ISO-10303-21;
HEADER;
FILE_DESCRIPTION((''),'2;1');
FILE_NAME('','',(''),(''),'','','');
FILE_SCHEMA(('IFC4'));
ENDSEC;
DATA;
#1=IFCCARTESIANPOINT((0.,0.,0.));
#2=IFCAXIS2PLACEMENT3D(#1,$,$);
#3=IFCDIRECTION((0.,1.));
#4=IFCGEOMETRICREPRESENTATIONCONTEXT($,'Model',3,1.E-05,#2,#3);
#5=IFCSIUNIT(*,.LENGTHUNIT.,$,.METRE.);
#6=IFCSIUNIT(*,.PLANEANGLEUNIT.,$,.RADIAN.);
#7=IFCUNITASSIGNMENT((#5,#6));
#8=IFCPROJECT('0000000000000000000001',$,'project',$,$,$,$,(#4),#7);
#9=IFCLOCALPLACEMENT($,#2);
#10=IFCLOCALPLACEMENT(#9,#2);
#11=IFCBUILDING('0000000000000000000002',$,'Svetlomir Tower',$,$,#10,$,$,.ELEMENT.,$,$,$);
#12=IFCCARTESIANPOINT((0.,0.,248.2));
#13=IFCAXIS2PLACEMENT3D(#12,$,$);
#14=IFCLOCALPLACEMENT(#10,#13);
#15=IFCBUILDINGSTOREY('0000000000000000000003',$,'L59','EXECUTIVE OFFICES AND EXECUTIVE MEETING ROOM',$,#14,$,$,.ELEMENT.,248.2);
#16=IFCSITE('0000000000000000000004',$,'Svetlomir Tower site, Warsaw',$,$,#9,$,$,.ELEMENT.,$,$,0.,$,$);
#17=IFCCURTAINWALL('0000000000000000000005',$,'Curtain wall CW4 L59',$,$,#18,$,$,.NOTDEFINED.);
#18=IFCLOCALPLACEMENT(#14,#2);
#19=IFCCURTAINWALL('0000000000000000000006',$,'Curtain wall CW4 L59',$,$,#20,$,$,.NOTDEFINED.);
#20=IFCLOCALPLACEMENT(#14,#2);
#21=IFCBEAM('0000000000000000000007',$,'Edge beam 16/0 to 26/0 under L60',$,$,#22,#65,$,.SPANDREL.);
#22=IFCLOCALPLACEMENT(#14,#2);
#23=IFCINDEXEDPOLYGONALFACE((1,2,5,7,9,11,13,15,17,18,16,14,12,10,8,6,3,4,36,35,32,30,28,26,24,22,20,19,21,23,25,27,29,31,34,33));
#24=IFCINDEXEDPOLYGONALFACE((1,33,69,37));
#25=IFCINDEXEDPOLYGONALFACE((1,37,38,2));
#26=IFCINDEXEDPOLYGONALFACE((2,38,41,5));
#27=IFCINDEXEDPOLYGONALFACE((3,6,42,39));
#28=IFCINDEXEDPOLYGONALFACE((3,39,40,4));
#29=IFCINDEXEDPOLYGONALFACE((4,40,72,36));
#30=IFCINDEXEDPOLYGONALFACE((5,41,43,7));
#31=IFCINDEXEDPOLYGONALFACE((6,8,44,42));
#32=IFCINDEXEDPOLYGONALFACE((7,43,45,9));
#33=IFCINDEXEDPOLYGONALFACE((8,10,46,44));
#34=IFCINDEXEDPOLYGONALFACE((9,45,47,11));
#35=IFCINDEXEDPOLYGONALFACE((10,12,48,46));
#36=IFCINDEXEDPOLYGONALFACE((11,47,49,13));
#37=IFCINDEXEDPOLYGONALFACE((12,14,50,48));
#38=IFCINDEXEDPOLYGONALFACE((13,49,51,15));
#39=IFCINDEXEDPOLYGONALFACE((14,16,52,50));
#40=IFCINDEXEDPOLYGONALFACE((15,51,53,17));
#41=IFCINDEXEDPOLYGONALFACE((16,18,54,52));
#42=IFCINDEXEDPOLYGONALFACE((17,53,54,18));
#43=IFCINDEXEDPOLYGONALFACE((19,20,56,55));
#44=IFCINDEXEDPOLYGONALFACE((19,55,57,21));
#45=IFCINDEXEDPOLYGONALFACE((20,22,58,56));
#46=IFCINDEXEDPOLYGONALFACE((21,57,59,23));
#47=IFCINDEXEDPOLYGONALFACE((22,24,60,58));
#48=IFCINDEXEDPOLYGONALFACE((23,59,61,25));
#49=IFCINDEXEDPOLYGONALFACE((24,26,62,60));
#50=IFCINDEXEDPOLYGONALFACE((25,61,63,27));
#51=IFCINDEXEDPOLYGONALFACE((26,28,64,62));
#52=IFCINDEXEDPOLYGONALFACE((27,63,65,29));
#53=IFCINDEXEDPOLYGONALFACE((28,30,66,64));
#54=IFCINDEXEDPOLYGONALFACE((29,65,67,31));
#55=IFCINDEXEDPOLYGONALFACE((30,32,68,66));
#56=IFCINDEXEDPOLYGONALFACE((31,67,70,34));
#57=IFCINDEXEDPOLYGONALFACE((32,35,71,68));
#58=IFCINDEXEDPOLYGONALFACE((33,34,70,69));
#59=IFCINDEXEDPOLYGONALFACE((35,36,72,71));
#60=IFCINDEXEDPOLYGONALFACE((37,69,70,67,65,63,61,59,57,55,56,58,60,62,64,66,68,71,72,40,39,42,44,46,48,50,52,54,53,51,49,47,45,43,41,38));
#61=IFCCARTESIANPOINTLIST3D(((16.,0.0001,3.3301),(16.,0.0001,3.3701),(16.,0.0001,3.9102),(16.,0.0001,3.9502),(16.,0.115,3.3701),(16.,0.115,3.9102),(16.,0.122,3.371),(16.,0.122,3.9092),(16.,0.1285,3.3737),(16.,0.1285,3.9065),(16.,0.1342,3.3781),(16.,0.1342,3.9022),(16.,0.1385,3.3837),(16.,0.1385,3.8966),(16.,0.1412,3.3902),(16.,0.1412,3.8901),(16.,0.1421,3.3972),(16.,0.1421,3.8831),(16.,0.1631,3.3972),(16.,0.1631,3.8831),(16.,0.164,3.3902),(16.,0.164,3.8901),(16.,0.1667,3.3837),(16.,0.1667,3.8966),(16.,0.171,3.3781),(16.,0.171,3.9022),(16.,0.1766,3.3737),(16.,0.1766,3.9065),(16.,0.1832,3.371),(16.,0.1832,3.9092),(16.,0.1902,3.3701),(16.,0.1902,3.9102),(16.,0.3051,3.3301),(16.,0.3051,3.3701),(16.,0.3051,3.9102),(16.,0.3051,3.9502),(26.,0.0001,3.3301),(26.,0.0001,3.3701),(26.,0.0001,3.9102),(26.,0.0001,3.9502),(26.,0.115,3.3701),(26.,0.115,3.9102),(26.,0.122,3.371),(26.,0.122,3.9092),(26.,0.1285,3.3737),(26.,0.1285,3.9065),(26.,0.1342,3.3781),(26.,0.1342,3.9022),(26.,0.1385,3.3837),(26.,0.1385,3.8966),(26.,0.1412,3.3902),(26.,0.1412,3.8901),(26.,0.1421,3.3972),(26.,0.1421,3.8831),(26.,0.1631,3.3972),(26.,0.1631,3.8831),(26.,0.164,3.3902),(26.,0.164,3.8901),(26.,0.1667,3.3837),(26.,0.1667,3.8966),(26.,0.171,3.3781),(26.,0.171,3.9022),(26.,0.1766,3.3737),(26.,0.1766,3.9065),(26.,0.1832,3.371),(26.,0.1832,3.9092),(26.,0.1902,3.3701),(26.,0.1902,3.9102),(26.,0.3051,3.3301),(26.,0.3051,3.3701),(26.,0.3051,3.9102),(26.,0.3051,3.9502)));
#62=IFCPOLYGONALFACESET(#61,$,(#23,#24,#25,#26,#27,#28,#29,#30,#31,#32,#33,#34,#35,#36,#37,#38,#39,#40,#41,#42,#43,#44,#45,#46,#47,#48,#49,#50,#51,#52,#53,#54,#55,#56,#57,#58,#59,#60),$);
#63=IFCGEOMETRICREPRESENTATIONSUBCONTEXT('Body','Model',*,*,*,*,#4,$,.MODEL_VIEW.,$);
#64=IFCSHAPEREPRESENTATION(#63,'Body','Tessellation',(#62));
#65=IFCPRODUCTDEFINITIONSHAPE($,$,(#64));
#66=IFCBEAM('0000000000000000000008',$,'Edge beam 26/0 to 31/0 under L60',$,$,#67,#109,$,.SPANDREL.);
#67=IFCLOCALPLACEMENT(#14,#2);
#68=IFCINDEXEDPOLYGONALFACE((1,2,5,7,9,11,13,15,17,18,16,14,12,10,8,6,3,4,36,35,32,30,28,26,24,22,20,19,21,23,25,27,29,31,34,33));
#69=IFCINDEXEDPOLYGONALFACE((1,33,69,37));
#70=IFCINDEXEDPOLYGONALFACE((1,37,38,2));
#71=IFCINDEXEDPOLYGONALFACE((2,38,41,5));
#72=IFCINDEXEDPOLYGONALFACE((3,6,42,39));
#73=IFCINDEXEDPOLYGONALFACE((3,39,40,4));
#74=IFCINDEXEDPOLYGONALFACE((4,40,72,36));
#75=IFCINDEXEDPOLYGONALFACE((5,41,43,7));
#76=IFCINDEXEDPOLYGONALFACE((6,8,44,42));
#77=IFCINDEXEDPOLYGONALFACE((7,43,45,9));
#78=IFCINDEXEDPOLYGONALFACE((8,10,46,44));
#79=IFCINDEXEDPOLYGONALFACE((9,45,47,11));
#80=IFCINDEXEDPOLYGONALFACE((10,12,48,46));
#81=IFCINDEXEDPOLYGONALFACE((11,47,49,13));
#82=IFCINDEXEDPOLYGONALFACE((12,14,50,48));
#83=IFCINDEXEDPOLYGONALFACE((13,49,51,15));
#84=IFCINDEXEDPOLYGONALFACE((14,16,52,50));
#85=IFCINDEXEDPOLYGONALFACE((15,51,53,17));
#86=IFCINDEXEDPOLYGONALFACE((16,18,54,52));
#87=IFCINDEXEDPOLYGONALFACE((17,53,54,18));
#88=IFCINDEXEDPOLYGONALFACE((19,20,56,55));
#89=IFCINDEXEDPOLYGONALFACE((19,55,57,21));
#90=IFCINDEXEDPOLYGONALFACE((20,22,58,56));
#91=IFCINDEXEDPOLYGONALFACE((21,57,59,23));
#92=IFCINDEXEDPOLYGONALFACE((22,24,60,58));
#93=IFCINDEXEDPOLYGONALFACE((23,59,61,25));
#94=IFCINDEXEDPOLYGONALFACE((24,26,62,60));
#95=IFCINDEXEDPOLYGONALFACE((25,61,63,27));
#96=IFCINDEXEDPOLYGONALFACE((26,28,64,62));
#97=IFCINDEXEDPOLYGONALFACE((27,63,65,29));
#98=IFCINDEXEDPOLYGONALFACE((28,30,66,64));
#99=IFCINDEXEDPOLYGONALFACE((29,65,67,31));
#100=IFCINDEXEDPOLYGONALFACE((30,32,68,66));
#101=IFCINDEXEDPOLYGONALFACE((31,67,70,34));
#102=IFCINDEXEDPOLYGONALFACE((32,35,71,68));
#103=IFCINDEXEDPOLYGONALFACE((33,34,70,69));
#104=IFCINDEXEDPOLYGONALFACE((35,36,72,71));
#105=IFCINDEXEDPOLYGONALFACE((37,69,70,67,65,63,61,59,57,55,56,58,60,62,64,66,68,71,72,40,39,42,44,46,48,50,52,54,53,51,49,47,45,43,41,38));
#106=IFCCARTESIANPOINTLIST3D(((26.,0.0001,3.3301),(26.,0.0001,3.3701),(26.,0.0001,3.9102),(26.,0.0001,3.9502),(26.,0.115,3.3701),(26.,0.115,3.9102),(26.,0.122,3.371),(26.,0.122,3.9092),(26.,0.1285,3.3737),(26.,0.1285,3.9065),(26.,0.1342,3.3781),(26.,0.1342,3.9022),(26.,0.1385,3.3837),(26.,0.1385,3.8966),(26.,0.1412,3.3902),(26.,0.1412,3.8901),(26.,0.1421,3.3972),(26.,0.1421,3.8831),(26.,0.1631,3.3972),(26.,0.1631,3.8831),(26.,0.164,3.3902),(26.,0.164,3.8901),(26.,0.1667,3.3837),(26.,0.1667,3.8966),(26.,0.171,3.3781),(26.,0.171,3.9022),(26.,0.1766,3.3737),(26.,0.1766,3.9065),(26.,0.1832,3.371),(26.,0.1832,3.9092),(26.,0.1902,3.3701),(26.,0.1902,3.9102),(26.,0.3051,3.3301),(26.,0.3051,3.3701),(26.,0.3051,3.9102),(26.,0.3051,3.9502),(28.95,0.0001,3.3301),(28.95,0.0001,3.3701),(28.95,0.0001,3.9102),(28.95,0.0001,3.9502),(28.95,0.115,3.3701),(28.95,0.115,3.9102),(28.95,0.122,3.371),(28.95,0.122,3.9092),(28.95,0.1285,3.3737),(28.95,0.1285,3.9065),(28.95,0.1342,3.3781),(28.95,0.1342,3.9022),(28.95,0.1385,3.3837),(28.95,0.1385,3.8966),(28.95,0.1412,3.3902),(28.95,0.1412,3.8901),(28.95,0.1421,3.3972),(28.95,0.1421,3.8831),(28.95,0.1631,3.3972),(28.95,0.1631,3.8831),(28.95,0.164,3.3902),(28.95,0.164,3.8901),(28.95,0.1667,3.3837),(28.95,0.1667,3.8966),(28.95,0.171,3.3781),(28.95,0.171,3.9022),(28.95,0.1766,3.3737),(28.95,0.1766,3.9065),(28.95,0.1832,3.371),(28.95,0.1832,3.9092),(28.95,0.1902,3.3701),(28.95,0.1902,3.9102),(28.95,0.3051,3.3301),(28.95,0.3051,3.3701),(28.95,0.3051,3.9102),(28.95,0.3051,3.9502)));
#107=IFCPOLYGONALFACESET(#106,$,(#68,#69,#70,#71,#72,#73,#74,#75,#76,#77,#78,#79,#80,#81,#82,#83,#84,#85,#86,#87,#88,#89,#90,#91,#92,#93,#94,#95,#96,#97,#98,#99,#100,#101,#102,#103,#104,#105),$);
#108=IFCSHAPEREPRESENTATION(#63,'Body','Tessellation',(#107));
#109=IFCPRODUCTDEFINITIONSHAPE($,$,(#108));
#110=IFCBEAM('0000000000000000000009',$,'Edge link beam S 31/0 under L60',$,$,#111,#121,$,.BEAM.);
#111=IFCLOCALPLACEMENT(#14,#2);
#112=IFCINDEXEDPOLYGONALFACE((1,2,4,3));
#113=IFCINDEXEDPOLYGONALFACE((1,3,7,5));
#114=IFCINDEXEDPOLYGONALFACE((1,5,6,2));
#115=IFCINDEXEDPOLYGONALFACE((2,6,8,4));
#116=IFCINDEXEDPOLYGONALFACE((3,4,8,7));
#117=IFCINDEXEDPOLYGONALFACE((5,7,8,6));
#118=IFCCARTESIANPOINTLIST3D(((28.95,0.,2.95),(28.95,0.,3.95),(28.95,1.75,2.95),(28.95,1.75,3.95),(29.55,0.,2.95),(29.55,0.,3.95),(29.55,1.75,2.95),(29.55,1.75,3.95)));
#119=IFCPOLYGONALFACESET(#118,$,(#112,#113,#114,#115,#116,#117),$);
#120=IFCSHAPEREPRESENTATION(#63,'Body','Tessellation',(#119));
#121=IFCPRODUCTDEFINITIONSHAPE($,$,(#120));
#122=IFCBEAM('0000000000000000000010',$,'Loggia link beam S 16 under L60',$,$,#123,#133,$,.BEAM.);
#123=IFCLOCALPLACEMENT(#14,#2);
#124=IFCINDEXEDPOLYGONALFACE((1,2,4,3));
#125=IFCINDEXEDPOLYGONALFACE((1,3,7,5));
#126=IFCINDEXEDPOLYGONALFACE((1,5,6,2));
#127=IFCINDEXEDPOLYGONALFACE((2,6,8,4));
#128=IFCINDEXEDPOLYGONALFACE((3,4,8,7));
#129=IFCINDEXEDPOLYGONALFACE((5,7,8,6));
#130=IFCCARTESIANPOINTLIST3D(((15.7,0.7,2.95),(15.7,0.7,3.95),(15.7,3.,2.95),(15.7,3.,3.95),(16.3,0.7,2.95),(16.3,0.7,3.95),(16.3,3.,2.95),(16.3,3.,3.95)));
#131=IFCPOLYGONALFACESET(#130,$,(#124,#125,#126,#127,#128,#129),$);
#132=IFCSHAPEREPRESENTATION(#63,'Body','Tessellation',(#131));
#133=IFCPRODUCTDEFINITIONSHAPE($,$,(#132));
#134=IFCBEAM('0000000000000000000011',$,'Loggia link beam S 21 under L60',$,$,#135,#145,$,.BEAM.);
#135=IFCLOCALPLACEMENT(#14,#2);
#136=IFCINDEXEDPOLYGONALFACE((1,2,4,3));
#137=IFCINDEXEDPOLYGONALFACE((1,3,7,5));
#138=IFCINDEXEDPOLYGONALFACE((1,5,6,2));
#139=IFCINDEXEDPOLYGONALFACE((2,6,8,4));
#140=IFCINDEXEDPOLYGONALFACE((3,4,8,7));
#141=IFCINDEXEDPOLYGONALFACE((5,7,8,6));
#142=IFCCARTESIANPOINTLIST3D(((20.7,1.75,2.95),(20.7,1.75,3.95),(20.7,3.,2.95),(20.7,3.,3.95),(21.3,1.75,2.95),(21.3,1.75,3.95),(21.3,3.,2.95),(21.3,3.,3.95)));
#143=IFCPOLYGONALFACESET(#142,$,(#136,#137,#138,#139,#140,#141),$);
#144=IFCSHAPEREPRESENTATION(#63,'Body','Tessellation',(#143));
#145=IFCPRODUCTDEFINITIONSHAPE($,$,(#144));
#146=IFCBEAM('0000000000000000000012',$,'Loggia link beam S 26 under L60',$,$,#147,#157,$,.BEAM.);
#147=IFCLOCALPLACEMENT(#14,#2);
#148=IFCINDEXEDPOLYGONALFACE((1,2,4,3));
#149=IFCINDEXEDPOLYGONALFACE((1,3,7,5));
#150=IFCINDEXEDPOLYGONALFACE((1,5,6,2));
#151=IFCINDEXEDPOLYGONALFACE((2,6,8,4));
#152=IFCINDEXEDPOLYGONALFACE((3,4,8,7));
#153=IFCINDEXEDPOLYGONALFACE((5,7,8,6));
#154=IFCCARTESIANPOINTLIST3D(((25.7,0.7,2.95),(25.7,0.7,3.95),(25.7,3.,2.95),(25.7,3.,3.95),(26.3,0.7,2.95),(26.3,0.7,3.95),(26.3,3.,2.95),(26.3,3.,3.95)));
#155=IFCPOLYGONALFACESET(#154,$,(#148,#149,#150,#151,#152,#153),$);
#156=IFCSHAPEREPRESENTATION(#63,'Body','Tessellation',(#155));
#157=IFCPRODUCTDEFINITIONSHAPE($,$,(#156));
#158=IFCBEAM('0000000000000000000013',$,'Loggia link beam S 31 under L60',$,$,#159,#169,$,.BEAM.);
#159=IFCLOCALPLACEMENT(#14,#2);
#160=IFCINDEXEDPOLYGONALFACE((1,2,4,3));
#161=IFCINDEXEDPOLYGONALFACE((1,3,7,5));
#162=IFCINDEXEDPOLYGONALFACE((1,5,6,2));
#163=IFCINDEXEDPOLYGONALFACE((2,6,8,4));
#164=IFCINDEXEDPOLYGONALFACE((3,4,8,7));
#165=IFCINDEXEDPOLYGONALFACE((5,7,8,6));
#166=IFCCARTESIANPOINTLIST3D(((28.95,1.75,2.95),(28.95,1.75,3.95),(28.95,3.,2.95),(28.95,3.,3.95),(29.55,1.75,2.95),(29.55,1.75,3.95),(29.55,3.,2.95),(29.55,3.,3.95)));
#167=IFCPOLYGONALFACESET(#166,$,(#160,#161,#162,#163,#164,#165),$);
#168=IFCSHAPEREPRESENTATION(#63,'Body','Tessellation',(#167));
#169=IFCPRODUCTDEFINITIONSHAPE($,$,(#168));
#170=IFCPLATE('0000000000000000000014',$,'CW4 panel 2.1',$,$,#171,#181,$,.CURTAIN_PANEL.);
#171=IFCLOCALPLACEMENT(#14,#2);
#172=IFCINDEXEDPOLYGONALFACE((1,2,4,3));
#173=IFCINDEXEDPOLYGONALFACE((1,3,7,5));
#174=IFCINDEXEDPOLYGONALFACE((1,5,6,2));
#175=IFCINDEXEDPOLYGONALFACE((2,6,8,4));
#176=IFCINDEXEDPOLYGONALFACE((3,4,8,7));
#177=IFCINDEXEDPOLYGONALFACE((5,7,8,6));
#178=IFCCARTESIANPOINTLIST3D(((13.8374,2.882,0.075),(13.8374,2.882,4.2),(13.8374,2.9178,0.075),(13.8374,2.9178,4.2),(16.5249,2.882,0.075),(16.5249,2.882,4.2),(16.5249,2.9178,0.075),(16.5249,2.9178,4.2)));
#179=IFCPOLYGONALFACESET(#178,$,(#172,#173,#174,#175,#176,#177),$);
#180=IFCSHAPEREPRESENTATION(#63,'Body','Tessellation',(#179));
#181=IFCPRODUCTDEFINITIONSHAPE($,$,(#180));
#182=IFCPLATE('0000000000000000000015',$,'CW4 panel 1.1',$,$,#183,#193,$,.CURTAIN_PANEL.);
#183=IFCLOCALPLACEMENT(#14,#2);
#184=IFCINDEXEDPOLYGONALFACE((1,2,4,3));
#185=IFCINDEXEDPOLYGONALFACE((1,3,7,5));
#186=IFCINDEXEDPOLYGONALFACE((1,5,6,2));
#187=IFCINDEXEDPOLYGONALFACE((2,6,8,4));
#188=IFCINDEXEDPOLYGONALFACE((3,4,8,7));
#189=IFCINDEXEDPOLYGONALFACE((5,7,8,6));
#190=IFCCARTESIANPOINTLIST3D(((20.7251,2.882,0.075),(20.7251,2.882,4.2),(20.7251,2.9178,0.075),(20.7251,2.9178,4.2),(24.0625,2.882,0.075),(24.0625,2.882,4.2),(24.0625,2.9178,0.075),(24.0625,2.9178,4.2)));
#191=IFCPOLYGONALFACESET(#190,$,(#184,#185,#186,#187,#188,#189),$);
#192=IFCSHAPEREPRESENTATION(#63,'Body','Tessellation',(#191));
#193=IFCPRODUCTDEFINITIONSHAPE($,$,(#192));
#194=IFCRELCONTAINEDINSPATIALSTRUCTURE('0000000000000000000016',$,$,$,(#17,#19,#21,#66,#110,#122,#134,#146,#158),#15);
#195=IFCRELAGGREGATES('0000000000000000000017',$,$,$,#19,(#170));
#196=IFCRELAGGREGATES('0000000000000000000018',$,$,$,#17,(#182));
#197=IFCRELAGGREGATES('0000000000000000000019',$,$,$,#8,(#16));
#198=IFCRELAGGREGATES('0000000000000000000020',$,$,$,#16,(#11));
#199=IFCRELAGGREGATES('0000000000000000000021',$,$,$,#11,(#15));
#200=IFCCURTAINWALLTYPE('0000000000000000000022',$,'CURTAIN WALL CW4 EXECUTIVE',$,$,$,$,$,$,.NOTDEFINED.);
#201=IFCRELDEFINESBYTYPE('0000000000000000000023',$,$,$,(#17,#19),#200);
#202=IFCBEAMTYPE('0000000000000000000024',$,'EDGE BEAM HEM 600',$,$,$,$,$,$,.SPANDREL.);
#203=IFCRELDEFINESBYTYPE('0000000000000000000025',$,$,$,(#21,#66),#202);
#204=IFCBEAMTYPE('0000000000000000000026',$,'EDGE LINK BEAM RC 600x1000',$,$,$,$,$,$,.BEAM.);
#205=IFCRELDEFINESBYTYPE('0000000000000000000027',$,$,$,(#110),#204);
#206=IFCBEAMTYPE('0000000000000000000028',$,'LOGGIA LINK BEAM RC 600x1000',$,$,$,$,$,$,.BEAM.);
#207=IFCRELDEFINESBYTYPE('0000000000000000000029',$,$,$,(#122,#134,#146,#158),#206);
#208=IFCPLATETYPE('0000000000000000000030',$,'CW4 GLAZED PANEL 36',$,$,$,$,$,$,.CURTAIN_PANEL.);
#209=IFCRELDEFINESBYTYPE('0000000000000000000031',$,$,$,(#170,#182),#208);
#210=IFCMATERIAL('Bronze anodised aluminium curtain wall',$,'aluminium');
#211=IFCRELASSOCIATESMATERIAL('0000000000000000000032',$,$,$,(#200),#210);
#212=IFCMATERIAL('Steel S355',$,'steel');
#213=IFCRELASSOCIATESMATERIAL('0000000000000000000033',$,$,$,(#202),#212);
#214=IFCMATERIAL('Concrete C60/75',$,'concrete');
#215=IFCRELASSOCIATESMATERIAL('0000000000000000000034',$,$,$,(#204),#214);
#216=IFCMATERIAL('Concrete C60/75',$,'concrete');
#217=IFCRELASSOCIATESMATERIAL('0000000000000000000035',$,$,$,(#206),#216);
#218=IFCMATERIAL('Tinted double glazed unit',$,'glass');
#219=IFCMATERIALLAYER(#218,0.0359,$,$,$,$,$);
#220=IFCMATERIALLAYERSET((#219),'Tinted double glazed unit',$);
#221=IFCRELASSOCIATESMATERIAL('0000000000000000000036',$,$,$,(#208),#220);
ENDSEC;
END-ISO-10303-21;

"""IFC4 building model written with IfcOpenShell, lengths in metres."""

from ifc_helpers import new_model, si_unit, direction, frame, origin, origin_2d, place, context, subcontext, project, spatial, rectangle, i_section, extrude, material, layer, layer_set, material_profile, profile_set, type_object, element, aggregate, save


model = new_model("IFC4")

# Units and contexts
model_context = context("Model", 3, precision=1e-05, world=origin(), true_north=direction((0.0, 1.0)))
body_context = subcontext(model_context, "Body", "Model", "MODEL_VIEW")
ifc_project = project(units=[si_unit("LENGTHUNIT", "METRE"), si_unit("PLANEANGLEUNIT", "RADIAN")], contexts=[model_context])

# Site, building, storey
site_placement = place(None, origin())
site = spatial("IfcSite", under=ifc_project, at=site_placement, Name="Svetlomir Tower site, Warsaw", CompositionType="ELEMENT", RefElevation=0.0)
building_placement = place(site_placement, origin())
building = spatial("IfcBuilding", under=site, at=building_placement, Name="Svetlomir Tower", CompositionType="ELEMENT")
storey_placement = place(building_placement, frame((0.0, 0.0, 248.2)))
storey = spatial("IfcBuildingStorey", under=building, at=storey_placement, Name="L59", Description="EXECUTIVE OFFICES AND EXECUTIVE MEETING ROOM", CompositionType="ELEMENT", Elevation=248.2)

# Curtain walls
ifc_material_1 = material(Name="Bronze anodised aluminium curtain wall", Category="aluminium")
curtain_wall_type = type_object("IfcCurtainWallType", Name="CURTAIN WALL CW4 EXECUTIVE", PredefinedType="NOTDEFINED", material=ifc_material_1)
curtain_wall_1_placement = place(storey_placement, origin())
curtain_wall_1 = element("IfcCurtainWall", 1, at=curtain_wall_1_placement, inside=storey, type_object=curtain_wall_type, Name="Curtain wall CW4 L59", PredefinedType="NOTDEFINED")
curtain_wall_2_placement = place(storey_placement, origin())
curtain_wall_2 = element("IfcCurtainWall", 2, at=curtain_wall_2_placement, inside=storey, type_object=curtain_wall_type, Name="Curtain wall CW4 L59", PredefinedType="NOTDEFINED")

# Beams
ifc_material_2 = material(Name="Steel S355", Category="steel")
ifc_material_profile_1 = material_profile(ifc_material_2, i_section(OverallWidth=0.3049, OverallDepth=0.6201, WebThickness=0.021, FlangeThickness=0.04, FilletRadius=0.0271, at=origin_2d()), Name="HEM 600")
ifc_profile_set_1 = profile_set([ifc_material_profile_1], Name="Steel S355")
beam_type_1 = type_object("IfcBeamType", Name="EDGE BEAM HEM 600", PredefinedType="SPANDREL", material=ifc_profile_set_1)
beam_1_placement = place(storey_placement, frame((16.0, 0.1526, 3.6401), z_axis=(1.0, 0.0, 0.0), x_axis=(0.0, 1.0, 0.0)))
element("IfcBeam", 3, at=beam_1_placement, inside=storey, type_object=beam_type_1, Name="Edge beam 16/0 to 26/0 under L60", PredefinedType="SPANDREL", context=body_context, shape_type="SweptSolid", body=[
    extrude(i_section(OverallWidth=0.3049, OverallDepth=0.6201, WebThickness=0.021, FlangeThickness=0.04, FilletRadius=0.0271, at=origin_2d()), origin(), (0.0, 0.0, 1.0), 10.0),
])
beam_2_placement = place(storey_placement, frame((26.0, 0.1526, 3.6401), z_axis=(1.0, 0.0, 0.0), x_axis=(0.0, 1.0, 0.0)))
element("IfcBeam", 4, at=beam_2_placement, inside=storey, type_object=beam_type_1, Name="Edge beam 26/0 to 31/0 under L60", PredefinedType="SPANDREL", context=body_context, shape_type="SweptSolid", body=[
    extrude(i_section(OverallWidth=0.3049, OverallDepth=0.6201, WebThickness=0.021, FlangeThickness=0.04, FilletRadius=0.0271, at=origin_2d()), origin(), (0.0, 0.0, 1.0), 2.95),
])
ifc_material_3 = material(Name="Concrete C60/75", Category="concrete")
ifc_material_profile_2 = material_profile(ifc_material_3, rectangle(XDim=0.6001, YDim=1.0, at=origin_2d()), Name="RC 600x1000")
ifc_profile_set_2 = profile_set([ifc_material_profile_2], Name="Concrete C60/75")
beam_type_2 = type_object("IfcBeamType", Name="EDGE LINK BEAM RC 600x1000", PredefinedType="BEAM", material=ifc_profile_set_2)
beam_3_placement = place(storey_placement, frame((29.25, 1.75, 3.45), z_axis=(0.0, -1.0, 0.0), x_axis=(1.0, 0.0, 0.0)))
element("IfcBeam", 5, at=beam_3_placement, inside=storey, type_object=beam_type_2, Name="Edge link beam S 31/0 under L60", PredefinedType="BEAM", context=body_context, shape_type="SweptSolid", body=[
    extrude(rectangle(XDim=0.6001, YDim=1.0, at=origin_2d()), origin(), (0.0, 0.0, 1.0), 1.75),
])
ifc_material_4 = material(Name="Concrete C60/75", Category="concrete")
ifc_material_profile_3 = material_profile(ifc_material_4, rectangle(XDim=0.6001, YDim=1.0, at=origin_2d()), Name="RC 600x1000")
ifc_profile_set_3 = profile_set([ifc_material_profile_3], Name="Concrete C60/75")
beam_type_3 = type_object("IfcBeamType", Name="LOGGIA LINK BEAM RC 600x1000", PredefinedType="BEAM", material=ifc_profile_set_3)
beam_4_placement = place(storey_placement, frame((16.0, 0.7, 3.45), z_axis=(0.0, 1.0, 0.0), x_axis=(-1.0, 0.0, 0.0)))
element("IfcBeam", 6, at=beam_4_placement, inside=storey, type_object=beam_type_3, Name="Loggia link beam S 16 under L60", PredefinedType="BEAM", context=body_context, shape_type="SweptSolid", body=[
    extrude(rectangle(XDim=0.6001, YDim=1.0, at=origin_2d()), origin(), (0.0, 0.0, 1.0), 2.3),
])
beam_5_placement = place(storey_placement, frame((21.0, 1.75, 3.45), z_axis=(0.0, 1.0, 0.0), x_axis=(-1.0, 0.0, 0.0)))
element("IfcBeam", 7, at=beam_5_placement, inside=storey, type_object=beam_type_3, Name="Loggia link beam S 21 under L60", PredefinedType="BEAM", context=body_context, shape_type="SweptSolid", body=[
    extrude(rectangle(XDim=0.6001, YDim=1.0, at=origin_2d()), origin(), (0.0, 0.0, 1.0), 1.25),
])
beam_6_placement = place(storey_placement, frame((26.0, 0.7, 3.45), z_axis=(0.0, 1.0, 0.0), x_axis=(-1.0, 0.0, 0.0)))
element("IfcBeam", 8, at=beam_6_placement, inside=storey, type_object=beam_type_3, Name="Loggia link beam S 26 under L60", PredefinedType="BEAM", context=body_context, shape_type="SweptSolid", body=[
    extrude(rectangle(XDim=0.6001, YDim=1.0, at=origin_2d()), origin(), (0.0, 0.0, 1.0), 2.3),
])
beam_7_placement = place(storey_placement, frame((29.25, 1.75, 3.45), z_axis=(0.0, 1.0, 0.0), x_axis=(-1.0, 0.0, 0.0)))
element("IfcBeam", 9, at=beam_7_placement, inside=storey, type_object=beam_type_3, Name="Loggia link beam S 31 under L60", PredefinedType="BEAM", context=body_context, shape_type="SweptSolid", body=[
    extrude(rectangle(XDim=0.6001, YDim=1.0, at=origin_2d()), origin(), (0.0, 0.0, 1.0), 1.25),
])

# Plates
ifc_material_5 = material(Name="Tinted double glazed unit", Category="glass")
ifc_layer_1 = layer(ifc_material_5, 0.0359)
ifc_layer_set_1 = layer_set([ifc_layer_1], Name="Tinted double glazed unit")
plate_type = type_object("IfcPlateType", Name="CW4 GLAZED PANEL 36", PredefinedType="CURTAIN_PANEL", material=ifc_layer_set_1)
plate_1_placement = place(storey_placement, frame((15.1812, 2.8999, 0.075), z_axis=(0.0, 0.0, 1.0), x_axis=(1.0, 0.0, 0.0)))
plate_1 = element("IfcPlate", 10, at=plate_1_placement, type_object=plate_type, Name="CW4 panel 2.1", PredefinedType="CURTAIN_PANEL", context=body_context, shape_type="SweptSolid", body=[
    extrude(rectangle(XDim=2.6875, YDim=0.0359, at=origin_2d()), origin(), (0.0, 0.0, 1.0), 4.125),
])
aggregate(curtain_wall_2, [plate_1])
plate_2_placement = place(storey_placement, frame((22.3938, 2.8999, 0.075), z_axis=(0.0, 0.0, 1.0), x_axis=(1.0, 0.0, 0.0)))
plate_2 = element("IfcPlate", 11, at=plate_2_placement, type_object=plate_type, Name="CW4 panel 1.1", PredefinedType="CURTAIN_PANEL", context=body_context, shape_type="SweptSolid", body=[
    extrude(rectangle(XDim=3.3374, YDim=0.0359, at=origin_2d()), origin(), (0.0, 0.0, 1.0), 4.125),
])
aggregate(curtain_wall_1, [plate_2])

save(model, "model.ifc")
